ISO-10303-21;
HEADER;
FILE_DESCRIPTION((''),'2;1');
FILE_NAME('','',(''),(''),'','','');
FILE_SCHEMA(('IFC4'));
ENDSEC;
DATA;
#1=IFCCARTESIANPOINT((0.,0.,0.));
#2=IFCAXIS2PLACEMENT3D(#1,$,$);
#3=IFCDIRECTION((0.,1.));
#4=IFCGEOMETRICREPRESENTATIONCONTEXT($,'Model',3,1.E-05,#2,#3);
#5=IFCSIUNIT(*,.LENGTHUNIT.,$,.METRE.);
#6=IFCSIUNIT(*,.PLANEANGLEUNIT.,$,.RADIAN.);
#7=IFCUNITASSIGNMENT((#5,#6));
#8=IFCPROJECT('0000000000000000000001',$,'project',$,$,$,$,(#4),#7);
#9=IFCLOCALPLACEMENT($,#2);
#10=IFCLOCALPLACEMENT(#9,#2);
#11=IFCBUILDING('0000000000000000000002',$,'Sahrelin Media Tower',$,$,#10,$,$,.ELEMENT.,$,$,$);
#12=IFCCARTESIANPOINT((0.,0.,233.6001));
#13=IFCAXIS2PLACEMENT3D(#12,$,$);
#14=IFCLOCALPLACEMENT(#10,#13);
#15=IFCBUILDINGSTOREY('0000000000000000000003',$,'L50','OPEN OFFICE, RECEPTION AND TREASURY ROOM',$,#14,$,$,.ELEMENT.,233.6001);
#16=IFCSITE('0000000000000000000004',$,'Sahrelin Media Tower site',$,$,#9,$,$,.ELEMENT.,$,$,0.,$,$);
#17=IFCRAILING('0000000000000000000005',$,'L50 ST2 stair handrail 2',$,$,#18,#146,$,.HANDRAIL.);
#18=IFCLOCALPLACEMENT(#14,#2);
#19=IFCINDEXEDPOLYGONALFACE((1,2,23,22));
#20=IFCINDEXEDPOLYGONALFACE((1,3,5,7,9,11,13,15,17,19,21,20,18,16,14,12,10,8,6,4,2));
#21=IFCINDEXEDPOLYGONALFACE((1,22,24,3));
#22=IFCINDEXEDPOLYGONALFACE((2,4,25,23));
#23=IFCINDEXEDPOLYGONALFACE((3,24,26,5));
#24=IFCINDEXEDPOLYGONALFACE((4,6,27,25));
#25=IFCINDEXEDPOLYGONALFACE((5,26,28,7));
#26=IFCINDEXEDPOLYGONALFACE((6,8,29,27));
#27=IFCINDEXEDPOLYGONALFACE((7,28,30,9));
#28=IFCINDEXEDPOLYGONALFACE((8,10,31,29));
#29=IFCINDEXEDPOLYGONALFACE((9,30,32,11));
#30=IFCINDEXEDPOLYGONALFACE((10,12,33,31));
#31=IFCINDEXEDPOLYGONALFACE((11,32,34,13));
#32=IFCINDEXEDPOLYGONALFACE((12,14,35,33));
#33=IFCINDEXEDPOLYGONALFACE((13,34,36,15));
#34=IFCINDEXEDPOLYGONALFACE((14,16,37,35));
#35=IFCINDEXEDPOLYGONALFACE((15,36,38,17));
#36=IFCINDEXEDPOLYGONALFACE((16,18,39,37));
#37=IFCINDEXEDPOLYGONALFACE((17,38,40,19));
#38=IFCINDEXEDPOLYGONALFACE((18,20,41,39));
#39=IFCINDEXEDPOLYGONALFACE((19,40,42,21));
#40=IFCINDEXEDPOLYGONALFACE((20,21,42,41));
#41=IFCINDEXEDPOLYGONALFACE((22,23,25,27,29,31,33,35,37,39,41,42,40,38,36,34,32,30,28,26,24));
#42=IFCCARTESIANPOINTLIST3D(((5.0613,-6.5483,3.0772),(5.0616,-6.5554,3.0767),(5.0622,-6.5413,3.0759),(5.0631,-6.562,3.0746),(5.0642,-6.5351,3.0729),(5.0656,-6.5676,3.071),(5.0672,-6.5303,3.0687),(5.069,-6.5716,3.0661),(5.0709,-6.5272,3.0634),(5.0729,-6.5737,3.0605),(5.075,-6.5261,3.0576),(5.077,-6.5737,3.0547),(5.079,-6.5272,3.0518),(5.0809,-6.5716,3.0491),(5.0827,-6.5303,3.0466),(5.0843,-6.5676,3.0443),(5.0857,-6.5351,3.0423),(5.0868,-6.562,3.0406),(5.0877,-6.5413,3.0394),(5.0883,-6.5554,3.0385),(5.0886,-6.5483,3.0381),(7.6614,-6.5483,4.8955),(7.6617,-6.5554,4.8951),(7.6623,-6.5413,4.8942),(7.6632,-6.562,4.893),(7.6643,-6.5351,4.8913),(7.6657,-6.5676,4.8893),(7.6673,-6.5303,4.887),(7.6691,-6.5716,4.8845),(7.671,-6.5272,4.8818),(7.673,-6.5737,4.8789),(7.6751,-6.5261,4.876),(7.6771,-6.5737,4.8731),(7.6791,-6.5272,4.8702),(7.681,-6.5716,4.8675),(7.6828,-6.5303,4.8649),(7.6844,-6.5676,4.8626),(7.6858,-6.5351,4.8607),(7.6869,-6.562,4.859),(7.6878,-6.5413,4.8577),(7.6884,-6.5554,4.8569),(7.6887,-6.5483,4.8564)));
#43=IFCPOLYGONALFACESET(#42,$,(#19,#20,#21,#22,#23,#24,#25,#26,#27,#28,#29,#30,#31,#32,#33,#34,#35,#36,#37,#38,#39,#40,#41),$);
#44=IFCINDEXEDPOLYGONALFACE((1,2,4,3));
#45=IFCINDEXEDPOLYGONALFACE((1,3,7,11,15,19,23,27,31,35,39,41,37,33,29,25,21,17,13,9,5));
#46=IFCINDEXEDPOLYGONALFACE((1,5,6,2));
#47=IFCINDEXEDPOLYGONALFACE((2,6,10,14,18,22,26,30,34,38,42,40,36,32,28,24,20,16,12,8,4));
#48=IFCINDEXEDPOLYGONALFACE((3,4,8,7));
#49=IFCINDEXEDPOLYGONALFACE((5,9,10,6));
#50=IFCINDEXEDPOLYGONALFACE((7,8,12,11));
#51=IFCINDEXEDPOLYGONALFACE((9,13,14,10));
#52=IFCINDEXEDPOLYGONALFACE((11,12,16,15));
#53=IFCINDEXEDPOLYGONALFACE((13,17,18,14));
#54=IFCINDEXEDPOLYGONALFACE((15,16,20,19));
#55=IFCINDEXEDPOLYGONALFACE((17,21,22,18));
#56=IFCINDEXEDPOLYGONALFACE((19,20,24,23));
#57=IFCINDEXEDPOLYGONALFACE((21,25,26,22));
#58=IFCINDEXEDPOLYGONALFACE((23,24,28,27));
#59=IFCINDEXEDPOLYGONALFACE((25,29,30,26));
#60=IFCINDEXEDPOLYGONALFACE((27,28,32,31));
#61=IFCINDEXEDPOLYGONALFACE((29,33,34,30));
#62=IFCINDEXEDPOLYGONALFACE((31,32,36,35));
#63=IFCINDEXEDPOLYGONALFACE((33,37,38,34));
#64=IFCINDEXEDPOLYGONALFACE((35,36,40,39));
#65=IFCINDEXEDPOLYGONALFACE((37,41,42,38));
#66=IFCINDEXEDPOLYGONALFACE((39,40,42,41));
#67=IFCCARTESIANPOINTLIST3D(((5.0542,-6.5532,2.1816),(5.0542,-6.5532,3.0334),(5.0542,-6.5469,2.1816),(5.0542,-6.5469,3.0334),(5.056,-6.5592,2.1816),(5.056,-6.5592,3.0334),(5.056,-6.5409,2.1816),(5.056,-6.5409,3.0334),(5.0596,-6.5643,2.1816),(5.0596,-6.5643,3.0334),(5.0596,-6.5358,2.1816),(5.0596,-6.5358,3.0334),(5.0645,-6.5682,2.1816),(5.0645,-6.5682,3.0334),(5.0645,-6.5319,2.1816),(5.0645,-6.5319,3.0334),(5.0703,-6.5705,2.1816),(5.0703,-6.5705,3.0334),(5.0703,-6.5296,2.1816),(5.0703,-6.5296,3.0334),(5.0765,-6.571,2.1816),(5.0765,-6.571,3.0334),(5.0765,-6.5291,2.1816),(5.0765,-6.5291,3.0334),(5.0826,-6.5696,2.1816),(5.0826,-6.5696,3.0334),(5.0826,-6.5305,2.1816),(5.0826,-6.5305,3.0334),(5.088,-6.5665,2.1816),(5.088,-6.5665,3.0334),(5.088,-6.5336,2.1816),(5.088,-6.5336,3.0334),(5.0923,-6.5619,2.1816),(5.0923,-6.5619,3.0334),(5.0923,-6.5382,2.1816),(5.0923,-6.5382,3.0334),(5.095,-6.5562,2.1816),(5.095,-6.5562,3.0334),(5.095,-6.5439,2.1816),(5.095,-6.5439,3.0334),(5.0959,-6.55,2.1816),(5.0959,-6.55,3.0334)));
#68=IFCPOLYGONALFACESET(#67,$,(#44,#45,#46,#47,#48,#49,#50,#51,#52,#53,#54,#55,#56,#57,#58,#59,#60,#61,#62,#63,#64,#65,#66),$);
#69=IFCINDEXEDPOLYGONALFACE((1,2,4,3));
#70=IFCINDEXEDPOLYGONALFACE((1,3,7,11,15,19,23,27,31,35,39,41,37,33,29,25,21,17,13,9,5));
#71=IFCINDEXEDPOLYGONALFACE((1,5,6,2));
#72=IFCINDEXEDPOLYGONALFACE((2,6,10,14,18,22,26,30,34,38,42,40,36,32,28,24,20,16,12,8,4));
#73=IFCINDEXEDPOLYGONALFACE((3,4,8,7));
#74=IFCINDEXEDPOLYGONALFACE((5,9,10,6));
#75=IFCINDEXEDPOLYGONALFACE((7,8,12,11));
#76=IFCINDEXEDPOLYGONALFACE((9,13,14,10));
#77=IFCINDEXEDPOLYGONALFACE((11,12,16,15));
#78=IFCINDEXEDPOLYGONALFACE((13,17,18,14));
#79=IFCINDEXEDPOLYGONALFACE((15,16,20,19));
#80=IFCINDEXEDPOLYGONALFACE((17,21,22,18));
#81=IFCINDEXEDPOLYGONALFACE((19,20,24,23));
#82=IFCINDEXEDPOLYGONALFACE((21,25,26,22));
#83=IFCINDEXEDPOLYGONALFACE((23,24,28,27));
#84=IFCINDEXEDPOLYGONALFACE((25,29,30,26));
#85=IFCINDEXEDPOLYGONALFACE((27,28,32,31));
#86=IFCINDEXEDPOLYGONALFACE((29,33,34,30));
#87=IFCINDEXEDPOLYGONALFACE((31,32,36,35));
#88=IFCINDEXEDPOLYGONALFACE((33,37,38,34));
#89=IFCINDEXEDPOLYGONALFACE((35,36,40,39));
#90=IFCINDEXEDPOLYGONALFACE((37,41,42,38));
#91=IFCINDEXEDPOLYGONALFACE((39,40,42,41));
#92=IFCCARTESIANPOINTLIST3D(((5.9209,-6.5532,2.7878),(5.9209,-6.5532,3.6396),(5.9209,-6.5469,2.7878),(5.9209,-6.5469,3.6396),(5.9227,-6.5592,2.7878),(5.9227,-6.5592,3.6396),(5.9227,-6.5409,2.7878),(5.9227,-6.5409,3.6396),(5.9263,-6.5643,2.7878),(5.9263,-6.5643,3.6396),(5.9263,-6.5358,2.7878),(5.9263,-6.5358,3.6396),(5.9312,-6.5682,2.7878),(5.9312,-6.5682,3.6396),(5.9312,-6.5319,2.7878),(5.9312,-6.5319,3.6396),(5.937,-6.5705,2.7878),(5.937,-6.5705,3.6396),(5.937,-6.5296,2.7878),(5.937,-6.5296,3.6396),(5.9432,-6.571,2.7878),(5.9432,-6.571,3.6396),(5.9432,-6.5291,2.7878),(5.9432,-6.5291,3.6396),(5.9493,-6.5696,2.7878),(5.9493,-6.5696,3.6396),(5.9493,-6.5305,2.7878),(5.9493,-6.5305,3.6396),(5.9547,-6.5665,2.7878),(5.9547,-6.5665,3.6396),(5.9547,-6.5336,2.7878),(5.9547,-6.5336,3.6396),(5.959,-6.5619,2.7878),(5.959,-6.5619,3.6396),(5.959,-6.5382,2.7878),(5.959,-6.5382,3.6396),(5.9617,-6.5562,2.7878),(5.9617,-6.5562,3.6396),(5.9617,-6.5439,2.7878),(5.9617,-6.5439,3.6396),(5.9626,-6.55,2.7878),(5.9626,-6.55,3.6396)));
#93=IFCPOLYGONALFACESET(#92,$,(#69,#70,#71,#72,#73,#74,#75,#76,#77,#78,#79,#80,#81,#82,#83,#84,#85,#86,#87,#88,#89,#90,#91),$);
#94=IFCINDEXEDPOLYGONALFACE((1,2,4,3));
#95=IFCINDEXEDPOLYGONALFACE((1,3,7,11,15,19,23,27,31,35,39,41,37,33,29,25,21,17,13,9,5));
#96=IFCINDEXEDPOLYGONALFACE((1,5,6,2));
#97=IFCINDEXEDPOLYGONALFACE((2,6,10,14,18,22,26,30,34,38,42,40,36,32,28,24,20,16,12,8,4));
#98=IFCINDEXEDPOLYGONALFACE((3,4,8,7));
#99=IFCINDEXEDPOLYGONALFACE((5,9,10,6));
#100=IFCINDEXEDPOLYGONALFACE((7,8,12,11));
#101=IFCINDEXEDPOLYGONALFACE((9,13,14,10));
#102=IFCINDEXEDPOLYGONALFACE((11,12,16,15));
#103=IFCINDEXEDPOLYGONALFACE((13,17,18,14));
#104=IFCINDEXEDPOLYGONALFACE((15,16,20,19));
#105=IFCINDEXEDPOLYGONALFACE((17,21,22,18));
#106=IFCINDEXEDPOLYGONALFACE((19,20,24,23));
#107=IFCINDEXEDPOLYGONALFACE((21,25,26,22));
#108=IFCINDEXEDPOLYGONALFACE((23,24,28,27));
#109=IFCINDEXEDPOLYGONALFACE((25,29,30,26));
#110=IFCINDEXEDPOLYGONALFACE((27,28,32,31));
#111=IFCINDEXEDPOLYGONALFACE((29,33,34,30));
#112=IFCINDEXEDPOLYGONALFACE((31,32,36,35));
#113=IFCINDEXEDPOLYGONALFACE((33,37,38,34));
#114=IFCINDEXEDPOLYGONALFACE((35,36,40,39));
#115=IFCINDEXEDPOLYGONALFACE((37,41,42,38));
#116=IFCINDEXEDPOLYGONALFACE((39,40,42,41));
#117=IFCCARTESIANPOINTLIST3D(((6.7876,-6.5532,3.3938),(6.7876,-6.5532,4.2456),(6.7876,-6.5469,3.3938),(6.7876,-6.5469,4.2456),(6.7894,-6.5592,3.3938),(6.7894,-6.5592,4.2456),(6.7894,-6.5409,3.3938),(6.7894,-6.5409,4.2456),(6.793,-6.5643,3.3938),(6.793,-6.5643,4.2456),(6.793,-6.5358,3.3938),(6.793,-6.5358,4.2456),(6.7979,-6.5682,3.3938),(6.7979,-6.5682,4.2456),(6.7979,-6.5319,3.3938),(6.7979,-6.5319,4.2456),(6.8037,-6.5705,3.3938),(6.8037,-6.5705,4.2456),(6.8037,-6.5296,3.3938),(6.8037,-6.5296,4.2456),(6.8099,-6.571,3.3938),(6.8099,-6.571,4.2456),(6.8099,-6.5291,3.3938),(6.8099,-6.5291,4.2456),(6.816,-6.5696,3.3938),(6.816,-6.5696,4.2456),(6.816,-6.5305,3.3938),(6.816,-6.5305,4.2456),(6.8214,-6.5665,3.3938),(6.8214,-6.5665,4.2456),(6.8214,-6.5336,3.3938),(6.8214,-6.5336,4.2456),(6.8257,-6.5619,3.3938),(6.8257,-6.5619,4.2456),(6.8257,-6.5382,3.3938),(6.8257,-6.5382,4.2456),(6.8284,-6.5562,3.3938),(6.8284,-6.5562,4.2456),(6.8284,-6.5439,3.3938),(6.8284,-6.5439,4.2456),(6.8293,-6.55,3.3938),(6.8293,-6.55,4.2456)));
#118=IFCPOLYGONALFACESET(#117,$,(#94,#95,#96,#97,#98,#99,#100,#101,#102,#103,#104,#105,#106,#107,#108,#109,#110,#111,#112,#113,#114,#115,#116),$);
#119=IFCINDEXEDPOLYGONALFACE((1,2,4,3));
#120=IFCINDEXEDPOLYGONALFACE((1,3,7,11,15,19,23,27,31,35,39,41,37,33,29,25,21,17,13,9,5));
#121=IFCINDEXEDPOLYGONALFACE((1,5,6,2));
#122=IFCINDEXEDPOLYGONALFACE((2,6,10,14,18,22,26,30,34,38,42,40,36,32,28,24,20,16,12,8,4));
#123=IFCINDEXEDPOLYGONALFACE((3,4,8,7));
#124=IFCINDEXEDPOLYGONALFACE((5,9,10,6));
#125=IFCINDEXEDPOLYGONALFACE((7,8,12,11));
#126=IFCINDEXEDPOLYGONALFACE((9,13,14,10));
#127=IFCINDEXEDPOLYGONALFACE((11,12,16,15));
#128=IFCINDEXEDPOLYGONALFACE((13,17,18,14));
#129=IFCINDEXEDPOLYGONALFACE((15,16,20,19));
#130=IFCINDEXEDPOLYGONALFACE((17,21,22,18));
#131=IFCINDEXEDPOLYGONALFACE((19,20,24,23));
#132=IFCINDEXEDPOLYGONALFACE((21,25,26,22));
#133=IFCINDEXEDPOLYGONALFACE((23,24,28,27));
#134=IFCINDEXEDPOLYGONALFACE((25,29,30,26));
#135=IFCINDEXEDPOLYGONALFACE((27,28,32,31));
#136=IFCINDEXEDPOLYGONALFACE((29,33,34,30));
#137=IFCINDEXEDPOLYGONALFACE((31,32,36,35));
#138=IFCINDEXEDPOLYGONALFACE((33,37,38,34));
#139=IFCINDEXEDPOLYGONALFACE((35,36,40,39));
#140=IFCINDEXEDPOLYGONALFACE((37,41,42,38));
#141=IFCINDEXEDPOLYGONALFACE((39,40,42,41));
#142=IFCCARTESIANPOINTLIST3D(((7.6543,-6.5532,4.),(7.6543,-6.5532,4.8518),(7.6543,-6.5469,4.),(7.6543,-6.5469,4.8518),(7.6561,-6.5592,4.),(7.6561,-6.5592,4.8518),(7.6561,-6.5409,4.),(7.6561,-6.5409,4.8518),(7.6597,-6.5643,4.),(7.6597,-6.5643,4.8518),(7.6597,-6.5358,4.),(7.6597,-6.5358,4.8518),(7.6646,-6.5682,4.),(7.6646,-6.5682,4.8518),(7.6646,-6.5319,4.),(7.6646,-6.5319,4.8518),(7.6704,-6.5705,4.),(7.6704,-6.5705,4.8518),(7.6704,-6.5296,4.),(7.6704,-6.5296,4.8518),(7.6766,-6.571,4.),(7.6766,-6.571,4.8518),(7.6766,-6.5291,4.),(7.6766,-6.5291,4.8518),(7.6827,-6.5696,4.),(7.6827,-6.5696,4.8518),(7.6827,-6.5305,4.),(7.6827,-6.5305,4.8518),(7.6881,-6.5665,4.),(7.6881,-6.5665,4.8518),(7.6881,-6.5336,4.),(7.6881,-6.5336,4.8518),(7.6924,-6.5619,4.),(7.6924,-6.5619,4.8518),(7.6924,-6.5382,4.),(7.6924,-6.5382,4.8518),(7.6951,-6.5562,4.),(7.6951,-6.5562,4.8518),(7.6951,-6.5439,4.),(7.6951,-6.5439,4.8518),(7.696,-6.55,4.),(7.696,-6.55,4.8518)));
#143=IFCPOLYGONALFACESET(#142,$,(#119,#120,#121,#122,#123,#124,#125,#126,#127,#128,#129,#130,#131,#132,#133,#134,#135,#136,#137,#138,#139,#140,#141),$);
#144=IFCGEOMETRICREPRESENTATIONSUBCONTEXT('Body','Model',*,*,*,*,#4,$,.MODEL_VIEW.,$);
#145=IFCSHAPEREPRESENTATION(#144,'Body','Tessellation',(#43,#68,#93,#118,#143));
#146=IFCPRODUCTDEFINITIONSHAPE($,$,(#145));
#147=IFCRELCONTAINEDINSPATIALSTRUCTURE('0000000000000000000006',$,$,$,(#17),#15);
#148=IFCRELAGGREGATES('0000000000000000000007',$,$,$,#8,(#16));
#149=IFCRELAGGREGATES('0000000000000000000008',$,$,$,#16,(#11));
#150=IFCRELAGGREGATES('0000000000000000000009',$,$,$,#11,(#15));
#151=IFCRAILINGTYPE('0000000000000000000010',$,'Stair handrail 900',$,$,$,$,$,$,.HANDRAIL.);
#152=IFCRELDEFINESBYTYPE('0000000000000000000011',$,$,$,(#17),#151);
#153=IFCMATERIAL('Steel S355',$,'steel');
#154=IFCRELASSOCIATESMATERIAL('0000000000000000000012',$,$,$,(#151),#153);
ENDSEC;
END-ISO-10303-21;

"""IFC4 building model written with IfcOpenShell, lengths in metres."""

from ifc_helpers import new_model, si_unit, direction, frame, origin, origin_2d, place, context, subcontext, project, spatial, circle, extrude, material, type_object, element, save


model = new_model("IFC4")

# Units and contexts
model_context = context("Model", 3, precision=1e-05, world=origin(), true_north=direction((0.0, 1.0)))
body_context = subcontext(model_context, "Body", "Model", "MODEL_VIEW")
ifc_project = project(units=[si_unit("LENGTHUNIT", "METRE"), si_unit("PLANEANGLEUNIT", "RADIAN")], contexts=[model_context])

# Site, building, storey
site_placement = place(None, origin())
site = spatial("IfcSite", under=ifc_project, at=site_placement, Name="Sahrelin Media Tower site", CompositionType="ELEMENT", RefElevation=0.0)
building_placement = place(site_placement, origin())
building = spatial("IfcBuilding", under=site, at=building_placement, Name="Sahrelin Media Tower", CompositionType="ELEMENT")
storey_placement = place(building_placement, frame((0.0, 0.0, 233.6001)))
storey = spatial("IfcBuildingStorey", under=building, at=storey_placement, Name="L50", Description="OPEN OFFICE, RECEPTION AND TREASURY ROOM", CompositionType="ELEMENT", Elevation=233.6001)

# Shared definitions
ifc_material_1 = material(Name="Steel S355", Category="steel")

# Railing
railing_type_1 = type_object("IfcRailingType", Name="Stair handrail 900", PredefinedType="HANDRAIL", material=ifc_material_1)
railing_1_placement = place(storey_placement, frame((5.075, -6.55, 2.1816)))
element("IfcRailing", 1, at=railing_1_placement, inside=storey, type_object=railing_type_1, Name="L50 ST2 stair handrail 2", PredefinedType="HANDRAIL", context=body_context, shape_type="SweptSolid", body=[
    extrude(circle(Radius=0.0239, at=origin_2d()), frame((0.0, 0.0, 0.876), z_axis=(0.819485, 0.0, 0.573101), x_axis=(0.0, 1.0, 0.0)), (0.0, 0.0, 1.0), 3.1729),
    extrude(circle(Radius=0.021, at=origin_2d()), origin(), (0.0, 0.0, 1.0), 0.8518),
    extrude(circle(Radius=0.021, at=origin_2d()), frame((0.8667, 0.0, 0.6062)), (0.0, 0.0, 1.0), 0.8518),
    extrude(circle(Radius=0.021, at=origin_2d()), frame((1.7334, 0.0, 1.2122)), (0.0, 0.0, 1.0), 0.8518),
    extrude(circle(Radius=0.021, at=origin_2d()), frame((2.6001, 0.0, 1.8184)), (0.0, 0.0, 1.0), 0.8518),
])

save(model, "model.ifc")
